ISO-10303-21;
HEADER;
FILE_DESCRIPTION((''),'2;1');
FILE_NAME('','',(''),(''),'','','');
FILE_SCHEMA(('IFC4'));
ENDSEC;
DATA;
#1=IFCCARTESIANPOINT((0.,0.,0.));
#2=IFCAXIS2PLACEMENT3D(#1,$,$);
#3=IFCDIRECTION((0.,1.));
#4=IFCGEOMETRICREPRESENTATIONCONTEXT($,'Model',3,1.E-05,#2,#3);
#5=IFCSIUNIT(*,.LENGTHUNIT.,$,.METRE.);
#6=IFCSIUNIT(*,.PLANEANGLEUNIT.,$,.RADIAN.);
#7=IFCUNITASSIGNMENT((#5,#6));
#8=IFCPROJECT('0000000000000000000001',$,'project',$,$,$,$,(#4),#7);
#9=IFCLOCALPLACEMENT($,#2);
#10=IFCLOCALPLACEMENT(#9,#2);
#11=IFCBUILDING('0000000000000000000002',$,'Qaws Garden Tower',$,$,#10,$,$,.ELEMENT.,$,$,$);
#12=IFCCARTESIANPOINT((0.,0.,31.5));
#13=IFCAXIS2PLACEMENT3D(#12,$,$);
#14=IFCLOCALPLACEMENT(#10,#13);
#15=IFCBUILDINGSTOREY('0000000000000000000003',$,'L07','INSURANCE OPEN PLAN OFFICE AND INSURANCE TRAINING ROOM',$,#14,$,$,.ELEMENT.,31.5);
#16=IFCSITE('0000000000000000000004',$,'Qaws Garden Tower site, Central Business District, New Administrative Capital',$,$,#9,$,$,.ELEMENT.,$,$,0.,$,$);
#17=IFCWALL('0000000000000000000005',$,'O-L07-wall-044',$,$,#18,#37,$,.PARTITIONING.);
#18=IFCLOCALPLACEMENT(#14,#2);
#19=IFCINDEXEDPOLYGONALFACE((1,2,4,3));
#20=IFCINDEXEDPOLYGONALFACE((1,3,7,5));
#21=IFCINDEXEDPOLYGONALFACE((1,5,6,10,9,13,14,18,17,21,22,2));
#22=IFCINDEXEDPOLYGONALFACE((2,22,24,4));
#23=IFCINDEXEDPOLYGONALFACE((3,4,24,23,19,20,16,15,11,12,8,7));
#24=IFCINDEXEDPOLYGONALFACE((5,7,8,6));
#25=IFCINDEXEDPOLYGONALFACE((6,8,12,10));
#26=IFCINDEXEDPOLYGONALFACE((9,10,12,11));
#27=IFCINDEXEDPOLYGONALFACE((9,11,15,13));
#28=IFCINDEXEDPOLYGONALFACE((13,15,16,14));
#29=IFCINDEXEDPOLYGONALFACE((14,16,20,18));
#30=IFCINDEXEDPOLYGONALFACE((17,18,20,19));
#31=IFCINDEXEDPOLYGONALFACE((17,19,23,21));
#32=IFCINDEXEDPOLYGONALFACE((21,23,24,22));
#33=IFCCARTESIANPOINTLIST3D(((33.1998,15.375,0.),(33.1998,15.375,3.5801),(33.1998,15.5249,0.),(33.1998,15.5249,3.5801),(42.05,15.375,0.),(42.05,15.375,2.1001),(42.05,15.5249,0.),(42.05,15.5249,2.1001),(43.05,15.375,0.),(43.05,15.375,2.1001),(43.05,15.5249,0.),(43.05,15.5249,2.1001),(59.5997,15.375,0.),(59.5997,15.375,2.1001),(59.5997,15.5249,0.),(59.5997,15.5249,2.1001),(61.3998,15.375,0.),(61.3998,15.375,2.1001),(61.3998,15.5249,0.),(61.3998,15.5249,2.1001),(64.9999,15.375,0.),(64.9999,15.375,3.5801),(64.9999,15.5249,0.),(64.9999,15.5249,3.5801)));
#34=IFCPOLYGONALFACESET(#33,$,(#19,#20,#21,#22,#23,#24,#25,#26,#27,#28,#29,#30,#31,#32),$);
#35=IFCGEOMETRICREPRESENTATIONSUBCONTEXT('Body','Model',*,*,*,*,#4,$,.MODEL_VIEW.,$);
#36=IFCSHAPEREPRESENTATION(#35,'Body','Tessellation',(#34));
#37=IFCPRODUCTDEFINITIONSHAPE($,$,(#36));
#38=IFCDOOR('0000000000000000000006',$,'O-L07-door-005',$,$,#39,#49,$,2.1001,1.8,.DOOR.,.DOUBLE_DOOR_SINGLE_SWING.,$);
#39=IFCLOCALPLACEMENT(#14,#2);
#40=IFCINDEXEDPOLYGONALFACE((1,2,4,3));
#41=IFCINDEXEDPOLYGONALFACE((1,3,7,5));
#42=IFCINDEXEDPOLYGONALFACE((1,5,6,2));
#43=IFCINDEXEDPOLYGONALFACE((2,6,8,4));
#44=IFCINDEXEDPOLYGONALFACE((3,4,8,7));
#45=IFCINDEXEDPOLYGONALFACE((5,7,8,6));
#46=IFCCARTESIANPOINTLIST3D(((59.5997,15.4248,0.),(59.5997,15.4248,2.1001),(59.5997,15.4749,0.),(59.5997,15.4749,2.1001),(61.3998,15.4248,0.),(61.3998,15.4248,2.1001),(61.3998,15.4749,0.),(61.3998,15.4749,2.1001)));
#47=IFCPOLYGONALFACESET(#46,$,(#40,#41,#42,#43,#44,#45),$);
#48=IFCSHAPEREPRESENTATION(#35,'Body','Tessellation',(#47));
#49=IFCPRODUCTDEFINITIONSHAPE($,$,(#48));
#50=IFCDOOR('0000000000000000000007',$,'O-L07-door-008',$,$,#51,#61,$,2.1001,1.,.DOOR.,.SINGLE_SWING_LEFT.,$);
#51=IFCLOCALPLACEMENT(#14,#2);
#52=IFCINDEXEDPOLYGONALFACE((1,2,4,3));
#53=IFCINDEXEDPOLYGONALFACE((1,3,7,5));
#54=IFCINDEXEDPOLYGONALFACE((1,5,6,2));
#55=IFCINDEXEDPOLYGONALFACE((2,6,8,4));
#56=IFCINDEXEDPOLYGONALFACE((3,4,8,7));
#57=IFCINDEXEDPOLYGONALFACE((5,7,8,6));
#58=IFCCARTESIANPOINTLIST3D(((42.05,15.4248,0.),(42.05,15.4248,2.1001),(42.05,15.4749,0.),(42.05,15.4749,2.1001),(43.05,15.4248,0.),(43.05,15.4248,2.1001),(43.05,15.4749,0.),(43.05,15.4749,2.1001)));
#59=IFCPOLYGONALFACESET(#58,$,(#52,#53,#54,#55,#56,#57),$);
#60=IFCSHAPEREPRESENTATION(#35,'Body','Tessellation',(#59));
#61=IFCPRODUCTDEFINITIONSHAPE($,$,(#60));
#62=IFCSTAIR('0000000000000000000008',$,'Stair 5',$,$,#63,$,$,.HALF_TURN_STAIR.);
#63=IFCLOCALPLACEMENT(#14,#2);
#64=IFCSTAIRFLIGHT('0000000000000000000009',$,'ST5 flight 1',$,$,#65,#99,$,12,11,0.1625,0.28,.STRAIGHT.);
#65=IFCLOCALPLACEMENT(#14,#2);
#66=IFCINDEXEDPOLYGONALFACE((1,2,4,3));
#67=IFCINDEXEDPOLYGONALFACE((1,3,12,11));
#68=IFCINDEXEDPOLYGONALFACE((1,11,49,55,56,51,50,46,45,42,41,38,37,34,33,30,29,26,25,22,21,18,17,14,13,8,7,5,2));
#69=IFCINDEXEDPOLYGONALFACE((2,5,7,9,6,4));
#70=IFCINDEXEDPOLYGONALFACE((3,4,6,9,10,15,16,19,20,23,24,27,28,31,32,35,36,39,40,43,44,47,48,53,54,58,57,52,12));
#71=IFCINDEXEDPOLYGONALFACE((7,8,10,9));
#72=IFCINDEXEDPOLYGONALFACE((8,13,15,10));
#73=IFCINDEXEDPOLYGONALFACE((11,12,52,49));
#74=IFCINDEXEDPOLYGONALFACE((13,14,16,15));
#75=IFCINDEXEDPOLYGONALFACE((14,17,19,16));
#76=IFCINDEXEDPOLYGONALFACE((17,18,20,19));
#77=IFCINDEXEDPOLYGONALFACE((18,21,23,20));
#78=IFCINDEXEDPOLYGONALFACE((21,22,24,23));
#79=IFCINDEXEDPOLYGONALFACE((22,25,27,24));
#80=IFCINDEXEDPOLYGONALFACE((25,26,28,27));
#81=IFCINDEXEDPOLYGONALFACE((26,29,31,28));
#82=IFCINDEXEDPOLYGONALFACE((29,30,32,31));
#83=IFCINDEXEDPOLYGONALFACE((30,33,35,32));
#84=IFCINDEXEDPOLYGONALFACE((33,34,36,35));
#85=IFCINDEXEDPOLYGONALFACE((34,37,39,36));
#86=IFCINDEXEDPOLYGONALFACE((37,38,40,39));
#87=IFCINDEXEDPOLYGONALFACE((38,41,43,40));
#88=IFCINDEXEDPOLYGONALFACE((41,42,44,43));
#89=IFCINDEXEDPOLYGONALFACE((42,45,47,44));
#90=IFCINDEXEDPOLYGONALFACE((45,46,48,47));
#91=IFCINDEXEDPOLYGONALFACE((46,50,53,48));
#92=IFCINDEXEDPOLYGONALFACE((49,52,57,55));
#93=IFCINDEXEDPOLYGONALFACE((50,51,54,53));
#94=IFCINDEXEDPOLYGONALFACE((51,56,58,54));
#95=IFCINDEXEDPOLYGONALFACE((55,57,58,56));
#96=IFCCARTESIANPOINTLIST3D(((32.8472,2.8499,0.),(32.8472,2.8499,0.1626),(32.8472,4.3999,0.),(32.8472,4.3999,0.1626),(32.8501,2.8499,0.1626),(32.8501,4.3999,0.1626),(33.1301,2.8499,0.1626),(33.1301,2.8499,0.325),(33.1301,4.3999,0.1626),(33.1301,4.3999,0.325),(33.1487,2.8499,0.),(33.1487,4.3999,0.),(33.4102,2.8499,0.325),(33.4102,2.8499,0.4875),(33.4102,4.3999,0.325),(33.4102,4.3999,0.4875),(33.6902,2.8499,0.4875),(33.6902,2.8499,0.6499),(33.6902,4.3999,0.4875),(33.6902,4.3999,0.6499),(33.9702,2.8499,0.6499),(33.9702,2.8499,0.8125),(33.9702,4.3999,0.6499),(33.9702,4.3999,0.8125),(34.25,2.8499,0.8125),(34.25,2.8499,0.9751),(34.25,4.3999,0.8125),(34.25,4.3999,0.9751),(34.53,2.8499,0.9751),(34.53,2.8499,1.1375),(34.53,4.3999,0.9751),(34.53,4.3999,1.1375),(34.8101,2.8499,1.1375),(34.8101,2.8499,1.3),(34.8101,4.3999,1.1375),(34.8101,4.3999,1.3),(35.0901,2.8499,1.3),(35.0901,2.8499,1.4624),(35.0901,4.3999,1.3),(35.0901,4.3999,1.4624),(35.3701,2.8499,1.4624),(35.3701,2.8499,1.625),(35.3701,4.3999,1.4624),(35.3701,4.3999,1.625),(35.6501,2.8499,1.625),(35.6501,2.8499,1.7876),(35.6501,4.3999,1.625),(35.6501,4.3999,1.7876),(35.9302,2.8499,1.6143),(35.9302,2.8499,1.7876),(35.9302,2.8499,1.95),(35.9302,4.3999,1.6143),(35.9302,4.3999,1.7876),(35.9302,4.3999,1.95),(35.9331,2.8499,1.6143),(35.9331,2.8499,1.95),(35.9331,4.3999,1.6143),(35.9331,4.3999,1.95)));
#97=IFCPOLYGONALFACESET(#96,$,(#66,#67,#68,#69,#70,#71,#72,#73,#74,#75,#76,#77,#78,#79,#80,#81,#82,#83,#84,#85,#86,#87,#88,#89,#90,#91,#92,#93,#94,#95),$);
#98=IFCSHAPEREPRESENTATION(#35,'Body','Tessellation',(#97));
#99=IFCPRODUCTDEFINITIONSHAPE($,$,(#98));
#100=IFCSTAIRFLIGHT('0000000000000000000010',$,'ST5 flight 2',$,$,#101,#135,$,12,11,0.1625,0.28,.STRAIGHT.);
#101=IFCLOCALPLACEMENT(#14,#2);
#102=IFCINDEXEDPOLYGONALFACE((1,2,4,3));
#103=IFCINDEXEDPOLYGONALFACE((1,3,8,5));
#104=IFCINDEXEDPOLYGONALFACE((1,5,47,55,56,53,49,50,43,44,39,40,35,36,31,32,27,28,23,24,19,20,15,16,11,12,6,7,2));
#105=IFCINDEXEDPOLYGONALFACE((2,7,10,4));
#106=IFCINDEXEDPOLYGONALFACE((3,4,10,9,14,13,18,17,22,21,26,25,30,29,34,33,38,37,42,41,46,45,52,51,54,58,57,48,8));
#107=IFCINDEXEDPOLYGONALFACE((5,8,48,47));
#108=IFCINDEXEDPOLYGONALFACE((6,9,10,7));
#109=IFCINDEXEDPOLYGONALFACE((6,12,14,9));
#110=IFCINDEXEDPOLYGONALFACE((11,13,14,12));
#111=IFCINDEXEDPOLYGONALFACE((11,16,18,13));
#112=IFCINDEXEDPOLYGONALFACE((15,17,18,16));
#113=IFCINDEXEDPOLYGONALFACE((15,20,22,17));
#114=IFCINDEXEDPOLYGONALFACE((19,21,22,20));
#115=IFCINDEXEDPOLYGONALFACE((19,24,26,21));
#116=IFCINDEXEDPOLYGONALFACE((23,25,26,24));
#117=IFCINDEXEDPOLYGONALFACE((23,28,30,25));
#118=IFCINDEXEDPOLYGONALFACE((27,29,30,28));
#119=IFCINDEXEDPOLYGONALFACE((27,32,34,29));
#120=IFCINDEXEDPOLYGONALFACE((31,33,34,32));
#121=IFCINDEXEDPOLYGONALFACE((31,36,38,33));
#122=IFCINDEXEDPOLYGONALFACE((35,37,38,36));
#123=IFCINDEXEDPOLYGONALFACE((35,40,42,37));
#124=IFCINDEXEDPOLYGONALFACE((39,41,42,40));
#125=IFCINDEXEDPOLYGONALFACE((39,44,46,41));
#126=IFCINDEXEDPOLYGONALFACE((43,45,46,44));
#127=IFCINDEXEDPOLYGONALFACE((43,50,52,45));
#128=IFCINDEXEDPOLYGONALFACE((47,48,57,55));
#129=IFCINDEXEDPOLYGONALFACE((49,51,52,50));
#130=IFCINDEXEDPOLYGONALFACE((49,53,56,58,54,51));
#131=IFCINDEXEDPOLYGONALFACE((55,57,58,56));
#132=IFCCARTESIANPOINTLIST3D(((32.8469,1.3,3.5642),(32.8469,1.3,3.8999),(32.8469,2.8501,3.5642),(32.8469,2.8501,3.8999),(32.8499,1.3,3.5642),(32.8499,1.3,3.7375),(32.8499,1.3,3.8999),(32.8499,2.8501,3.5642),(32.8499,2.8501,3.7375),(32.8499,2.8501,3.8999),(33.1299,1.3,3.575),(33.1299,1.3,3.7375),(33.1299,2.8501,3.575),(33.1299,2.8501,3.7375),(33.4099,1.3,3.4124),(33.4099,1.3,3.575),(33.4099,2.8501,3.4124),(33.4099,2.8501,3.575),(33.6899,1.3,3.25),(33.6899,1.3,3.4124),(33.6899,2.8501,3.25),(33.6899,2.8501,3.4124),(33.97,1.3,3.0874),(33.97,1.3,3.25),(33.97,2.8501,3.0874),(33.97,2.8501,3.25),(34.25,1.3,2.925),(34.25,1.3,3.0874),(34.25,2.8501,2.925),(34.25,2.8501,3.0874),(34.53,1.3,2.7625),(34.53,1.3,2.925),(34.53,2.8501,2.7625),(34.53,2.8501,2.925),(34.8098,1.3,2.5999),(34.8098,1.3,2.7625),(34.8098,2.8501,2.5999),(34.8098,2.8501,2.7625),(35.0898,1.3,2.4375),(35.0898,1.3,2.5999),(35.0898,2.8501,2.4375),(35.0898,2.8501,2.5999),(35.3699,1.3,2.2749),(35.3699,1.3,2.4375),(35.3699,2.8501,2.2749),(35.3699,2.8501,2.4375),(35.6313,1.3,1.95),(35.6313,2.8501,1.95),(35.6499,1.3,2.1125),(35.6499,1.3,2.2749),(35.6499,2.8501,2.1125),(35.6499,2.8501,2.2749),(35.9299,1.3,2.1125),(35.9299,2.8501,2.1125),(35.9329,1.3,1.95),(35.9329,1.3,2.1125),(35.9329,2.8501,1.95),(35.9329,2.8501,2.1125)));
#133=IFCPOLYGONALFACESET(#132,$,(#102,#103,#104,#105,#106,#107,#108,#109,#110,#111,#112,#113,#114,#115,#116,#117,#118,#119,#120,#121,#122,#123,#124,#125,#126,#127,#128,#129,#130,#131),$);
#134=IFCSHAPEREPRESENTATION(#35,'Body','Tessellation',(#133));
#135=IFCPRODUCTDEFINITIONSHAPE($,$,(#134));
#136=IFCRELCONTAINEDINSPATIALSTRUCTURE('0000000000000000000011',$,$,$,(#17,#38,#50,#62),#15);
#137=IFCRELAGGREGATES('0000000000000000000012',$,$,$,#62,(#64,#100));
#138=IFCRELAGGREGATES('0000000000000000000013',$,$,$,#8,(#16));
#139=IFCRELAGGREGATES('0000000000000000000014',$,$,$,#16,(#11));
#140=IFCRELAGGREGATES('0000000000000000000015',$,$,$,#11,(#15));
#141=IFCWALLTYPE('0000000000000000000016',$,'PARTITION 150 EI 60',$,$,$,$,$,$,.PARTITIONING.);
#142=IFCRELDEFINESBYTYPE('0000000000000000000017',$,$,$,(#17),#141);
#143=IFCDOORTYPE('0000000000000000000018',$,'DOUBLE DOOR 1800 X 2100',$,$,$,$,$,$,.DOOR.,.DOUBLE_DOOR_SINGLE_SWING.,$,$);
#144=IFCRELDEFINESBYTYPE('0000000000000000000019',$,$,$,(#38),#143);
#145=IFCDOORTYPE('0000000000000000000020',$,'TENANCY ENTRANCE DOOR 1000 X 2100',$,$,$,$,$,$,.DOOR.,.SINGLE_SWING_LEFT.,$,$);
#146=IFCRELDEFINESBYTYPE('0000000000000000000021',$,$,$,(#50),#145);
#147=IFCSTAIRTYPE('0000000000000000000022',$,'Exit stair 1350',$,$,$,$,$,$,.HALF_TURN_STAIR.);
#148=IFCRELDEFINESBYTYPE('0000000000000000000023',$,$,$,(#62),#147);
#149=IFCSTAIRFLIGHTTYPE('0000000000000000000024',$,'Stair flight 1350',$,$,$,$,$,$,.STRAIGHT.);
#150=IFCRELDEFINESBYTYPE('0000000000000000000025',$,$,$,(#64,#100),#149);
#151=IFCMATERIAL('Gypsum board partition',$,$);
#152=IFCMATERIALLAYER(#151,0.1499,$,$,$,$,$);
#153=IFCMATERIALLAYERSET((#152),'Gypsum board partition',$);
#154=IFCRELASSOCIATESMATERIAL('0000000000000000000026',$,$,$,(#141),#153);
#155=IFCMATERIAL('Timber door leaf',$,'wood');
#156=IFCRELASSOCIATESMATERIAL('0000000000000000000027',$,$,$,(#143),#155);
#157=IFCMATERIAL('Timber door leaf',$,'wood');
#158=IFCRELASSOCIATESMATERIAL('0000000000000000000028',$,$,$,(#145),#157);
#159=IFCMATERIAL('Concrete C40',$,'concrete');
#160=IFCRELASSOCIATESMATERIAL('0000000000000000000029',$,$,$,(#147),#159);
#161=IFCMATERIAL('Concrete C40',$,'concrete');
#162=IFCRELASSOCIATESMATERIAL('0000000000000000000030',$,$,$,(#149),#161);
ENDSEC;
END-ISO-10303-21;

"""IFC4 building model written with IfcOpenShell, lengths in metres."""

from ifc_helpers import new_model, si_unit, direction, frame, frame_2d, origin, place, context, subcontext, project, spatial, polyline, rectangle, outline, extrude, material, layer, layer_set, type_object, element, fill, aggregate, save


model = new_model("IFC4")

# Units and contexts
model_context = context("Model", 3, precision=1e-05, world=origin(), true_north=direction((0.0, 1.0)))
body_context = subcontext(model_context, "Body", "Model", "MODEL_VIEW")
ifc_project = project(units=[si_unit("LENGTHUNIT", "METRE"), si_unit("PLANEANGLEUNIT", "RADIAN")], contexts=[model_context])

# Site, building, storey
site_placement = place(None, origin())
site = spatial("IfcSite", under=ifc_project, at=site_placement, Name="Qaws Garden Tower site, Central Business District, New Administrative Capital", CompositionType="ELEMENT", RefElevation=0.0)
building_placement = place(site_placement, origin())
building = spatial("IfcBuilding", under=site, at=building_placement, Name="Qaws Garden Tower", CompositionType="ELEMENT")
storey_placement = place(building_placement, frame((0.0, 0.0, 31.5)))
storey = spatial("IfcBuildingStorey", under=building, at=storey_placement, Name="L07", Description="INSURANCE OPEN PLAN OFFICE AND INSURANCE TRAINING ROOM", CompositionType="ELEMENT", Elevation=31.5)

# Shared definitions
ifc_material_1 = material(Name="Gypsum board partition")
ifc_layer_1 = layer(ifc_material_1, 0.1499)
ifc_layer_set_1 = layer_set([ifc_layer_1], Name="Gypsum board partition")
wall_type_1 = type_object("IfcWallType", Name="PARTITION 150 EI 60", PredefinedType="PARTITIONING", material=ifc_layer_set_1)

# Shared definitions
ifc_material_2 = material(Name="Timber door leaf", Category="wood")
door_type_1 = type_object("IfcDoorType", Name="DOUBLE DOOR 1800 X 2100", OperationType="DOUBLE_DOOR_SINGLE_SWING", PredefinedType="DOOR", material=ifc_material_2)

# Shared definitions
ifc_material_3 = material(Name="Timber door leaf", Category="wood")
door_type_2 = type_object("IfcDoorType", Name="TENANCY ENTRANCE DOOR 1000 X 2100", OperationType="SINGLE_SWING_LEFT", PredefinedType="DOOR", material=ifc_material_3)

# Wall, openings, doors
wall_1_placement = place(storey_placement, frame((33.2, 15.45, 0.0), z_axis=(0.0, 0.0, 1.0), x_axis=(1.0, 0.0, 0.0)))
wall_1 = element("IfcWall", 1, at=wall_1_placement, inside=storey, type_object=wall_type_1, Name="O-L07-wall-044", PredefinedType="PARTITIONING", context=body_context, shape_type="SweptSolid", body=[
    extrude(rectangle(XDim=31.8, YDim=0.1499, at=frame_2d((15.8999, 0.0))), origin(), (0.0, 0.0, 1.0), 3.5801),
])
opening_1_placement = place(wall_1_placement, frame((26.3999, 0.0, 0.0)))
opening_1 = element("IfcOpeningElement", 2, at=opening_1_placement, cuts=wall_1, PredefinedType="OPENING", context=body_context, shape_type="SweptSolid", body=[
    extrude(rectangle(XDim=1.8, YDim=2.1001, at=frame_2d((0.8999, 1.05))), frame((0.0, 0.085, 0.0), z_axis=(0.0, -1.0, 0.0), x_axis=(1.0, 0.0, 0.0)), (0.0, 0.0, 1.0), 0.1699),
])
opening_2_placement = place(wall_1_placement, frame((8.8501, 0.0, 0.0)))
opening_2 = element("IfcOpeningElement", 3, at=opening_2_placement, cuts=wall_1, PredefinedType="OPENING", context=body_context, shape_type="SweptSolid", body=[
    extrude(rectangle(XDim=1.0, YDim=2.1001, at=frame_2d((0.5, 1.05))), frame((0.0, 0.085, 0.0), z_axis=(0.0, -1.0, 0.0), x_axis=(1.0, 0.0, 0.0)), (0.0, 0.0, 1.0), 0.1699),
])
door_1_placement = place(opening_1_placement, origin())
door_1 = element("IfcDoor", 4, at=door_1_placement, inside=storey, type_object=door_type_1, Name="O-L07-door-005", OperationType="DOUBLE_DOOR_SINGLE_SWING", OverallHeight=2.1001, OverallWidth=1.8, PredefinedType="DOOR", context=body_context, shape_type="SweptSolid", body=[
    extrude(rectangle(XDim=1.8, YDim=2.1001, at=frame_2d((0.8999, 1.05))), frame((0.0, 0.0249, 0.0), z_axis=(0.0, -1.0, 0.0), x_axis=(1.0, 0.0, 0.0)), (0.0, 0.0, 1.0), 0.05),
])
fill(opening_1, door_1)
door_2_placement = place(opening_2_placement, origin())
door_2 = element("IfcDoor", 5, at=door_2_placement, inside=storey, type_object=door_type_2, Name="O-L07-door-008", OperationType="SINGLE_SWING_LEFT", OverallHeight=2.1001, OverallWidth=1.0, PredefinedType="DOOR", context=body_context, shape_type="SweptSolid", body=[
    extrude(rectangle(XDim=1.0, YDim=2.1001, at=frame_2d((0.5, 1.05))), frame((0.0, 0.0249, 0.0), z_axis=(0.0, -1.0, 0.0), x_axis=(1.0, 0.0, 0.0)), (0.0, 0.0, 1.0), 0.05),
])
fill(opening_2, door_2)

# Stair, stair flights
ifc_material_4 = material(Name="Concrete C40", Category="concrete")
stair_type = type_object("IfcStairType", Name="Exit stair 1350", PredefinedType="HALF_TURN_STAIR", material=ifc_material_4)
stair_placement = place(storey_placement, origin())
stair = element("IfcStair", 6, at=stair_placement, inside=storey, type_object=stair_type, Name="Stair 5", PredefinedType="HALF_TURN_STAIR")
ifc_material_5 = material(Name="Concrete C40", Category="concrete")
stair_flight_type = type_object("IfcStairFlightType", Name="Stair flight 1350", PredefinedType="STRAIGHT", material=ifc_material_5)
stair_flight_1_placement = place(storey_placement, frame((32.8501, 3.625, 0.0), z_axis=(0.0, 0.0, 1.0), x_axis=(1.0, 0.0, 0.0)))
stair_flight_1 = element("IfcStairFlight", 7, at=stair_flight_1_placement, type_object=stair_flight_type, Name="ST5 flight 1", NumberOfRisers=12, NumberOfTreads=11, PredefinedType="STRAIGHT", RiserHeight=0.1625, TreadLength=0.28, context=body_context, shape_type="SweptSolid", body=[
    extrude(outline(polyline([(-0.0029, 0.0), (-0.0029, 0.1626), (0.0, 0.1626), (0.28, 0.1626), (0.28, 0.325), (0.5601, 0.325), (0.5601, 0.4875), (0.8401, 0.4875), (0.8401, 0.6499), (1.1201, 0.6499), (1.1201, 0.8125), (1.3999, 0.8125), (1.3999, 0.9751), (1.6799, 0.9751), (1.6799, 1.1375), (1.96, 1.1375), (1.96, 1.3), (2.24, 1.3), (2.24, 1.4624), (2.52, 1.4624), (2.52, 1.625), (2.8, 1.625), (2.8, 1.7876), (3.0801, 1.7876), (3.0801, 1.95), (3.083, 1.95), (3.083, 1.6143), (3.0801, 1.6143), (0.2986, 0.0), (-0.0029, 0.0)])), frame((0.0, 0.7749, 0.0), z_axis=(0.0, -1.0, 0.0), x_axis=(1.0, 0.0, 0.0)), (0.0, 0.0, 1.0), 1.55),
])
stair_flight_2_placement = place(storey_placement, frame((35.9299, 2.075, 1.95), z_axis=(0.0, 0.0, 1.0), x_axis=(-1.0, 0.0, 0.0)))
stair_flight_2 = element("IfcStairFlight", 8, at=stair_flight_2_placement, type_object=stair_flight_type, Name="ST5 flight 2", NumberOfRisers=12, NumberOfTreads=11, PredefinedType="STRAIGHT", RiserHeight=0.1625, TreadLength=0.28, context=body_context, shape_type="SweptSolid", body=[
    extrude(outline(polyline([(-0.0029, 0.0), (-0.0029, 0.1626), (0.0, 0.1626), (0.28, 0.1626), (0.28, 0.325), (0.5601, 0.325), (0.5601, 0.4875), (0.8401, 0.4875), (0.8401, 0.6499), (1.1201, 0.6499), (1.1201, 0.8125), (1.3999, 0.8125), (1.3999, 0.9751), (1.6799, 0.9751), (1.6799, 1.1375), (1.96, 1.1375), (1.96, 1.3), (2.24, 1.3), (2.24, 1.4624), (2.52, 1.4624), (2.52, 1.625), (2.8, 1.625), (2.8, 1.7876), (3.0801, 1.7876), (3.0801, 1.95), (3.083, 1.95), (3.083, 1.6143), (3.0801, 1.6143), (0.2986, 0.0), (-0.0029, 0.0)])), frame((0.0, 0.7749, 0.0), z_axis=(0.0, -1.0, 0.0), x_axis=(1.0, 0.0, 0.0)), (0.0, 0.0, 1.0), 1.55),
])
aggregate(stair, [stair_flight_1, stair_flight_2])

save(model, "model.ifc")
